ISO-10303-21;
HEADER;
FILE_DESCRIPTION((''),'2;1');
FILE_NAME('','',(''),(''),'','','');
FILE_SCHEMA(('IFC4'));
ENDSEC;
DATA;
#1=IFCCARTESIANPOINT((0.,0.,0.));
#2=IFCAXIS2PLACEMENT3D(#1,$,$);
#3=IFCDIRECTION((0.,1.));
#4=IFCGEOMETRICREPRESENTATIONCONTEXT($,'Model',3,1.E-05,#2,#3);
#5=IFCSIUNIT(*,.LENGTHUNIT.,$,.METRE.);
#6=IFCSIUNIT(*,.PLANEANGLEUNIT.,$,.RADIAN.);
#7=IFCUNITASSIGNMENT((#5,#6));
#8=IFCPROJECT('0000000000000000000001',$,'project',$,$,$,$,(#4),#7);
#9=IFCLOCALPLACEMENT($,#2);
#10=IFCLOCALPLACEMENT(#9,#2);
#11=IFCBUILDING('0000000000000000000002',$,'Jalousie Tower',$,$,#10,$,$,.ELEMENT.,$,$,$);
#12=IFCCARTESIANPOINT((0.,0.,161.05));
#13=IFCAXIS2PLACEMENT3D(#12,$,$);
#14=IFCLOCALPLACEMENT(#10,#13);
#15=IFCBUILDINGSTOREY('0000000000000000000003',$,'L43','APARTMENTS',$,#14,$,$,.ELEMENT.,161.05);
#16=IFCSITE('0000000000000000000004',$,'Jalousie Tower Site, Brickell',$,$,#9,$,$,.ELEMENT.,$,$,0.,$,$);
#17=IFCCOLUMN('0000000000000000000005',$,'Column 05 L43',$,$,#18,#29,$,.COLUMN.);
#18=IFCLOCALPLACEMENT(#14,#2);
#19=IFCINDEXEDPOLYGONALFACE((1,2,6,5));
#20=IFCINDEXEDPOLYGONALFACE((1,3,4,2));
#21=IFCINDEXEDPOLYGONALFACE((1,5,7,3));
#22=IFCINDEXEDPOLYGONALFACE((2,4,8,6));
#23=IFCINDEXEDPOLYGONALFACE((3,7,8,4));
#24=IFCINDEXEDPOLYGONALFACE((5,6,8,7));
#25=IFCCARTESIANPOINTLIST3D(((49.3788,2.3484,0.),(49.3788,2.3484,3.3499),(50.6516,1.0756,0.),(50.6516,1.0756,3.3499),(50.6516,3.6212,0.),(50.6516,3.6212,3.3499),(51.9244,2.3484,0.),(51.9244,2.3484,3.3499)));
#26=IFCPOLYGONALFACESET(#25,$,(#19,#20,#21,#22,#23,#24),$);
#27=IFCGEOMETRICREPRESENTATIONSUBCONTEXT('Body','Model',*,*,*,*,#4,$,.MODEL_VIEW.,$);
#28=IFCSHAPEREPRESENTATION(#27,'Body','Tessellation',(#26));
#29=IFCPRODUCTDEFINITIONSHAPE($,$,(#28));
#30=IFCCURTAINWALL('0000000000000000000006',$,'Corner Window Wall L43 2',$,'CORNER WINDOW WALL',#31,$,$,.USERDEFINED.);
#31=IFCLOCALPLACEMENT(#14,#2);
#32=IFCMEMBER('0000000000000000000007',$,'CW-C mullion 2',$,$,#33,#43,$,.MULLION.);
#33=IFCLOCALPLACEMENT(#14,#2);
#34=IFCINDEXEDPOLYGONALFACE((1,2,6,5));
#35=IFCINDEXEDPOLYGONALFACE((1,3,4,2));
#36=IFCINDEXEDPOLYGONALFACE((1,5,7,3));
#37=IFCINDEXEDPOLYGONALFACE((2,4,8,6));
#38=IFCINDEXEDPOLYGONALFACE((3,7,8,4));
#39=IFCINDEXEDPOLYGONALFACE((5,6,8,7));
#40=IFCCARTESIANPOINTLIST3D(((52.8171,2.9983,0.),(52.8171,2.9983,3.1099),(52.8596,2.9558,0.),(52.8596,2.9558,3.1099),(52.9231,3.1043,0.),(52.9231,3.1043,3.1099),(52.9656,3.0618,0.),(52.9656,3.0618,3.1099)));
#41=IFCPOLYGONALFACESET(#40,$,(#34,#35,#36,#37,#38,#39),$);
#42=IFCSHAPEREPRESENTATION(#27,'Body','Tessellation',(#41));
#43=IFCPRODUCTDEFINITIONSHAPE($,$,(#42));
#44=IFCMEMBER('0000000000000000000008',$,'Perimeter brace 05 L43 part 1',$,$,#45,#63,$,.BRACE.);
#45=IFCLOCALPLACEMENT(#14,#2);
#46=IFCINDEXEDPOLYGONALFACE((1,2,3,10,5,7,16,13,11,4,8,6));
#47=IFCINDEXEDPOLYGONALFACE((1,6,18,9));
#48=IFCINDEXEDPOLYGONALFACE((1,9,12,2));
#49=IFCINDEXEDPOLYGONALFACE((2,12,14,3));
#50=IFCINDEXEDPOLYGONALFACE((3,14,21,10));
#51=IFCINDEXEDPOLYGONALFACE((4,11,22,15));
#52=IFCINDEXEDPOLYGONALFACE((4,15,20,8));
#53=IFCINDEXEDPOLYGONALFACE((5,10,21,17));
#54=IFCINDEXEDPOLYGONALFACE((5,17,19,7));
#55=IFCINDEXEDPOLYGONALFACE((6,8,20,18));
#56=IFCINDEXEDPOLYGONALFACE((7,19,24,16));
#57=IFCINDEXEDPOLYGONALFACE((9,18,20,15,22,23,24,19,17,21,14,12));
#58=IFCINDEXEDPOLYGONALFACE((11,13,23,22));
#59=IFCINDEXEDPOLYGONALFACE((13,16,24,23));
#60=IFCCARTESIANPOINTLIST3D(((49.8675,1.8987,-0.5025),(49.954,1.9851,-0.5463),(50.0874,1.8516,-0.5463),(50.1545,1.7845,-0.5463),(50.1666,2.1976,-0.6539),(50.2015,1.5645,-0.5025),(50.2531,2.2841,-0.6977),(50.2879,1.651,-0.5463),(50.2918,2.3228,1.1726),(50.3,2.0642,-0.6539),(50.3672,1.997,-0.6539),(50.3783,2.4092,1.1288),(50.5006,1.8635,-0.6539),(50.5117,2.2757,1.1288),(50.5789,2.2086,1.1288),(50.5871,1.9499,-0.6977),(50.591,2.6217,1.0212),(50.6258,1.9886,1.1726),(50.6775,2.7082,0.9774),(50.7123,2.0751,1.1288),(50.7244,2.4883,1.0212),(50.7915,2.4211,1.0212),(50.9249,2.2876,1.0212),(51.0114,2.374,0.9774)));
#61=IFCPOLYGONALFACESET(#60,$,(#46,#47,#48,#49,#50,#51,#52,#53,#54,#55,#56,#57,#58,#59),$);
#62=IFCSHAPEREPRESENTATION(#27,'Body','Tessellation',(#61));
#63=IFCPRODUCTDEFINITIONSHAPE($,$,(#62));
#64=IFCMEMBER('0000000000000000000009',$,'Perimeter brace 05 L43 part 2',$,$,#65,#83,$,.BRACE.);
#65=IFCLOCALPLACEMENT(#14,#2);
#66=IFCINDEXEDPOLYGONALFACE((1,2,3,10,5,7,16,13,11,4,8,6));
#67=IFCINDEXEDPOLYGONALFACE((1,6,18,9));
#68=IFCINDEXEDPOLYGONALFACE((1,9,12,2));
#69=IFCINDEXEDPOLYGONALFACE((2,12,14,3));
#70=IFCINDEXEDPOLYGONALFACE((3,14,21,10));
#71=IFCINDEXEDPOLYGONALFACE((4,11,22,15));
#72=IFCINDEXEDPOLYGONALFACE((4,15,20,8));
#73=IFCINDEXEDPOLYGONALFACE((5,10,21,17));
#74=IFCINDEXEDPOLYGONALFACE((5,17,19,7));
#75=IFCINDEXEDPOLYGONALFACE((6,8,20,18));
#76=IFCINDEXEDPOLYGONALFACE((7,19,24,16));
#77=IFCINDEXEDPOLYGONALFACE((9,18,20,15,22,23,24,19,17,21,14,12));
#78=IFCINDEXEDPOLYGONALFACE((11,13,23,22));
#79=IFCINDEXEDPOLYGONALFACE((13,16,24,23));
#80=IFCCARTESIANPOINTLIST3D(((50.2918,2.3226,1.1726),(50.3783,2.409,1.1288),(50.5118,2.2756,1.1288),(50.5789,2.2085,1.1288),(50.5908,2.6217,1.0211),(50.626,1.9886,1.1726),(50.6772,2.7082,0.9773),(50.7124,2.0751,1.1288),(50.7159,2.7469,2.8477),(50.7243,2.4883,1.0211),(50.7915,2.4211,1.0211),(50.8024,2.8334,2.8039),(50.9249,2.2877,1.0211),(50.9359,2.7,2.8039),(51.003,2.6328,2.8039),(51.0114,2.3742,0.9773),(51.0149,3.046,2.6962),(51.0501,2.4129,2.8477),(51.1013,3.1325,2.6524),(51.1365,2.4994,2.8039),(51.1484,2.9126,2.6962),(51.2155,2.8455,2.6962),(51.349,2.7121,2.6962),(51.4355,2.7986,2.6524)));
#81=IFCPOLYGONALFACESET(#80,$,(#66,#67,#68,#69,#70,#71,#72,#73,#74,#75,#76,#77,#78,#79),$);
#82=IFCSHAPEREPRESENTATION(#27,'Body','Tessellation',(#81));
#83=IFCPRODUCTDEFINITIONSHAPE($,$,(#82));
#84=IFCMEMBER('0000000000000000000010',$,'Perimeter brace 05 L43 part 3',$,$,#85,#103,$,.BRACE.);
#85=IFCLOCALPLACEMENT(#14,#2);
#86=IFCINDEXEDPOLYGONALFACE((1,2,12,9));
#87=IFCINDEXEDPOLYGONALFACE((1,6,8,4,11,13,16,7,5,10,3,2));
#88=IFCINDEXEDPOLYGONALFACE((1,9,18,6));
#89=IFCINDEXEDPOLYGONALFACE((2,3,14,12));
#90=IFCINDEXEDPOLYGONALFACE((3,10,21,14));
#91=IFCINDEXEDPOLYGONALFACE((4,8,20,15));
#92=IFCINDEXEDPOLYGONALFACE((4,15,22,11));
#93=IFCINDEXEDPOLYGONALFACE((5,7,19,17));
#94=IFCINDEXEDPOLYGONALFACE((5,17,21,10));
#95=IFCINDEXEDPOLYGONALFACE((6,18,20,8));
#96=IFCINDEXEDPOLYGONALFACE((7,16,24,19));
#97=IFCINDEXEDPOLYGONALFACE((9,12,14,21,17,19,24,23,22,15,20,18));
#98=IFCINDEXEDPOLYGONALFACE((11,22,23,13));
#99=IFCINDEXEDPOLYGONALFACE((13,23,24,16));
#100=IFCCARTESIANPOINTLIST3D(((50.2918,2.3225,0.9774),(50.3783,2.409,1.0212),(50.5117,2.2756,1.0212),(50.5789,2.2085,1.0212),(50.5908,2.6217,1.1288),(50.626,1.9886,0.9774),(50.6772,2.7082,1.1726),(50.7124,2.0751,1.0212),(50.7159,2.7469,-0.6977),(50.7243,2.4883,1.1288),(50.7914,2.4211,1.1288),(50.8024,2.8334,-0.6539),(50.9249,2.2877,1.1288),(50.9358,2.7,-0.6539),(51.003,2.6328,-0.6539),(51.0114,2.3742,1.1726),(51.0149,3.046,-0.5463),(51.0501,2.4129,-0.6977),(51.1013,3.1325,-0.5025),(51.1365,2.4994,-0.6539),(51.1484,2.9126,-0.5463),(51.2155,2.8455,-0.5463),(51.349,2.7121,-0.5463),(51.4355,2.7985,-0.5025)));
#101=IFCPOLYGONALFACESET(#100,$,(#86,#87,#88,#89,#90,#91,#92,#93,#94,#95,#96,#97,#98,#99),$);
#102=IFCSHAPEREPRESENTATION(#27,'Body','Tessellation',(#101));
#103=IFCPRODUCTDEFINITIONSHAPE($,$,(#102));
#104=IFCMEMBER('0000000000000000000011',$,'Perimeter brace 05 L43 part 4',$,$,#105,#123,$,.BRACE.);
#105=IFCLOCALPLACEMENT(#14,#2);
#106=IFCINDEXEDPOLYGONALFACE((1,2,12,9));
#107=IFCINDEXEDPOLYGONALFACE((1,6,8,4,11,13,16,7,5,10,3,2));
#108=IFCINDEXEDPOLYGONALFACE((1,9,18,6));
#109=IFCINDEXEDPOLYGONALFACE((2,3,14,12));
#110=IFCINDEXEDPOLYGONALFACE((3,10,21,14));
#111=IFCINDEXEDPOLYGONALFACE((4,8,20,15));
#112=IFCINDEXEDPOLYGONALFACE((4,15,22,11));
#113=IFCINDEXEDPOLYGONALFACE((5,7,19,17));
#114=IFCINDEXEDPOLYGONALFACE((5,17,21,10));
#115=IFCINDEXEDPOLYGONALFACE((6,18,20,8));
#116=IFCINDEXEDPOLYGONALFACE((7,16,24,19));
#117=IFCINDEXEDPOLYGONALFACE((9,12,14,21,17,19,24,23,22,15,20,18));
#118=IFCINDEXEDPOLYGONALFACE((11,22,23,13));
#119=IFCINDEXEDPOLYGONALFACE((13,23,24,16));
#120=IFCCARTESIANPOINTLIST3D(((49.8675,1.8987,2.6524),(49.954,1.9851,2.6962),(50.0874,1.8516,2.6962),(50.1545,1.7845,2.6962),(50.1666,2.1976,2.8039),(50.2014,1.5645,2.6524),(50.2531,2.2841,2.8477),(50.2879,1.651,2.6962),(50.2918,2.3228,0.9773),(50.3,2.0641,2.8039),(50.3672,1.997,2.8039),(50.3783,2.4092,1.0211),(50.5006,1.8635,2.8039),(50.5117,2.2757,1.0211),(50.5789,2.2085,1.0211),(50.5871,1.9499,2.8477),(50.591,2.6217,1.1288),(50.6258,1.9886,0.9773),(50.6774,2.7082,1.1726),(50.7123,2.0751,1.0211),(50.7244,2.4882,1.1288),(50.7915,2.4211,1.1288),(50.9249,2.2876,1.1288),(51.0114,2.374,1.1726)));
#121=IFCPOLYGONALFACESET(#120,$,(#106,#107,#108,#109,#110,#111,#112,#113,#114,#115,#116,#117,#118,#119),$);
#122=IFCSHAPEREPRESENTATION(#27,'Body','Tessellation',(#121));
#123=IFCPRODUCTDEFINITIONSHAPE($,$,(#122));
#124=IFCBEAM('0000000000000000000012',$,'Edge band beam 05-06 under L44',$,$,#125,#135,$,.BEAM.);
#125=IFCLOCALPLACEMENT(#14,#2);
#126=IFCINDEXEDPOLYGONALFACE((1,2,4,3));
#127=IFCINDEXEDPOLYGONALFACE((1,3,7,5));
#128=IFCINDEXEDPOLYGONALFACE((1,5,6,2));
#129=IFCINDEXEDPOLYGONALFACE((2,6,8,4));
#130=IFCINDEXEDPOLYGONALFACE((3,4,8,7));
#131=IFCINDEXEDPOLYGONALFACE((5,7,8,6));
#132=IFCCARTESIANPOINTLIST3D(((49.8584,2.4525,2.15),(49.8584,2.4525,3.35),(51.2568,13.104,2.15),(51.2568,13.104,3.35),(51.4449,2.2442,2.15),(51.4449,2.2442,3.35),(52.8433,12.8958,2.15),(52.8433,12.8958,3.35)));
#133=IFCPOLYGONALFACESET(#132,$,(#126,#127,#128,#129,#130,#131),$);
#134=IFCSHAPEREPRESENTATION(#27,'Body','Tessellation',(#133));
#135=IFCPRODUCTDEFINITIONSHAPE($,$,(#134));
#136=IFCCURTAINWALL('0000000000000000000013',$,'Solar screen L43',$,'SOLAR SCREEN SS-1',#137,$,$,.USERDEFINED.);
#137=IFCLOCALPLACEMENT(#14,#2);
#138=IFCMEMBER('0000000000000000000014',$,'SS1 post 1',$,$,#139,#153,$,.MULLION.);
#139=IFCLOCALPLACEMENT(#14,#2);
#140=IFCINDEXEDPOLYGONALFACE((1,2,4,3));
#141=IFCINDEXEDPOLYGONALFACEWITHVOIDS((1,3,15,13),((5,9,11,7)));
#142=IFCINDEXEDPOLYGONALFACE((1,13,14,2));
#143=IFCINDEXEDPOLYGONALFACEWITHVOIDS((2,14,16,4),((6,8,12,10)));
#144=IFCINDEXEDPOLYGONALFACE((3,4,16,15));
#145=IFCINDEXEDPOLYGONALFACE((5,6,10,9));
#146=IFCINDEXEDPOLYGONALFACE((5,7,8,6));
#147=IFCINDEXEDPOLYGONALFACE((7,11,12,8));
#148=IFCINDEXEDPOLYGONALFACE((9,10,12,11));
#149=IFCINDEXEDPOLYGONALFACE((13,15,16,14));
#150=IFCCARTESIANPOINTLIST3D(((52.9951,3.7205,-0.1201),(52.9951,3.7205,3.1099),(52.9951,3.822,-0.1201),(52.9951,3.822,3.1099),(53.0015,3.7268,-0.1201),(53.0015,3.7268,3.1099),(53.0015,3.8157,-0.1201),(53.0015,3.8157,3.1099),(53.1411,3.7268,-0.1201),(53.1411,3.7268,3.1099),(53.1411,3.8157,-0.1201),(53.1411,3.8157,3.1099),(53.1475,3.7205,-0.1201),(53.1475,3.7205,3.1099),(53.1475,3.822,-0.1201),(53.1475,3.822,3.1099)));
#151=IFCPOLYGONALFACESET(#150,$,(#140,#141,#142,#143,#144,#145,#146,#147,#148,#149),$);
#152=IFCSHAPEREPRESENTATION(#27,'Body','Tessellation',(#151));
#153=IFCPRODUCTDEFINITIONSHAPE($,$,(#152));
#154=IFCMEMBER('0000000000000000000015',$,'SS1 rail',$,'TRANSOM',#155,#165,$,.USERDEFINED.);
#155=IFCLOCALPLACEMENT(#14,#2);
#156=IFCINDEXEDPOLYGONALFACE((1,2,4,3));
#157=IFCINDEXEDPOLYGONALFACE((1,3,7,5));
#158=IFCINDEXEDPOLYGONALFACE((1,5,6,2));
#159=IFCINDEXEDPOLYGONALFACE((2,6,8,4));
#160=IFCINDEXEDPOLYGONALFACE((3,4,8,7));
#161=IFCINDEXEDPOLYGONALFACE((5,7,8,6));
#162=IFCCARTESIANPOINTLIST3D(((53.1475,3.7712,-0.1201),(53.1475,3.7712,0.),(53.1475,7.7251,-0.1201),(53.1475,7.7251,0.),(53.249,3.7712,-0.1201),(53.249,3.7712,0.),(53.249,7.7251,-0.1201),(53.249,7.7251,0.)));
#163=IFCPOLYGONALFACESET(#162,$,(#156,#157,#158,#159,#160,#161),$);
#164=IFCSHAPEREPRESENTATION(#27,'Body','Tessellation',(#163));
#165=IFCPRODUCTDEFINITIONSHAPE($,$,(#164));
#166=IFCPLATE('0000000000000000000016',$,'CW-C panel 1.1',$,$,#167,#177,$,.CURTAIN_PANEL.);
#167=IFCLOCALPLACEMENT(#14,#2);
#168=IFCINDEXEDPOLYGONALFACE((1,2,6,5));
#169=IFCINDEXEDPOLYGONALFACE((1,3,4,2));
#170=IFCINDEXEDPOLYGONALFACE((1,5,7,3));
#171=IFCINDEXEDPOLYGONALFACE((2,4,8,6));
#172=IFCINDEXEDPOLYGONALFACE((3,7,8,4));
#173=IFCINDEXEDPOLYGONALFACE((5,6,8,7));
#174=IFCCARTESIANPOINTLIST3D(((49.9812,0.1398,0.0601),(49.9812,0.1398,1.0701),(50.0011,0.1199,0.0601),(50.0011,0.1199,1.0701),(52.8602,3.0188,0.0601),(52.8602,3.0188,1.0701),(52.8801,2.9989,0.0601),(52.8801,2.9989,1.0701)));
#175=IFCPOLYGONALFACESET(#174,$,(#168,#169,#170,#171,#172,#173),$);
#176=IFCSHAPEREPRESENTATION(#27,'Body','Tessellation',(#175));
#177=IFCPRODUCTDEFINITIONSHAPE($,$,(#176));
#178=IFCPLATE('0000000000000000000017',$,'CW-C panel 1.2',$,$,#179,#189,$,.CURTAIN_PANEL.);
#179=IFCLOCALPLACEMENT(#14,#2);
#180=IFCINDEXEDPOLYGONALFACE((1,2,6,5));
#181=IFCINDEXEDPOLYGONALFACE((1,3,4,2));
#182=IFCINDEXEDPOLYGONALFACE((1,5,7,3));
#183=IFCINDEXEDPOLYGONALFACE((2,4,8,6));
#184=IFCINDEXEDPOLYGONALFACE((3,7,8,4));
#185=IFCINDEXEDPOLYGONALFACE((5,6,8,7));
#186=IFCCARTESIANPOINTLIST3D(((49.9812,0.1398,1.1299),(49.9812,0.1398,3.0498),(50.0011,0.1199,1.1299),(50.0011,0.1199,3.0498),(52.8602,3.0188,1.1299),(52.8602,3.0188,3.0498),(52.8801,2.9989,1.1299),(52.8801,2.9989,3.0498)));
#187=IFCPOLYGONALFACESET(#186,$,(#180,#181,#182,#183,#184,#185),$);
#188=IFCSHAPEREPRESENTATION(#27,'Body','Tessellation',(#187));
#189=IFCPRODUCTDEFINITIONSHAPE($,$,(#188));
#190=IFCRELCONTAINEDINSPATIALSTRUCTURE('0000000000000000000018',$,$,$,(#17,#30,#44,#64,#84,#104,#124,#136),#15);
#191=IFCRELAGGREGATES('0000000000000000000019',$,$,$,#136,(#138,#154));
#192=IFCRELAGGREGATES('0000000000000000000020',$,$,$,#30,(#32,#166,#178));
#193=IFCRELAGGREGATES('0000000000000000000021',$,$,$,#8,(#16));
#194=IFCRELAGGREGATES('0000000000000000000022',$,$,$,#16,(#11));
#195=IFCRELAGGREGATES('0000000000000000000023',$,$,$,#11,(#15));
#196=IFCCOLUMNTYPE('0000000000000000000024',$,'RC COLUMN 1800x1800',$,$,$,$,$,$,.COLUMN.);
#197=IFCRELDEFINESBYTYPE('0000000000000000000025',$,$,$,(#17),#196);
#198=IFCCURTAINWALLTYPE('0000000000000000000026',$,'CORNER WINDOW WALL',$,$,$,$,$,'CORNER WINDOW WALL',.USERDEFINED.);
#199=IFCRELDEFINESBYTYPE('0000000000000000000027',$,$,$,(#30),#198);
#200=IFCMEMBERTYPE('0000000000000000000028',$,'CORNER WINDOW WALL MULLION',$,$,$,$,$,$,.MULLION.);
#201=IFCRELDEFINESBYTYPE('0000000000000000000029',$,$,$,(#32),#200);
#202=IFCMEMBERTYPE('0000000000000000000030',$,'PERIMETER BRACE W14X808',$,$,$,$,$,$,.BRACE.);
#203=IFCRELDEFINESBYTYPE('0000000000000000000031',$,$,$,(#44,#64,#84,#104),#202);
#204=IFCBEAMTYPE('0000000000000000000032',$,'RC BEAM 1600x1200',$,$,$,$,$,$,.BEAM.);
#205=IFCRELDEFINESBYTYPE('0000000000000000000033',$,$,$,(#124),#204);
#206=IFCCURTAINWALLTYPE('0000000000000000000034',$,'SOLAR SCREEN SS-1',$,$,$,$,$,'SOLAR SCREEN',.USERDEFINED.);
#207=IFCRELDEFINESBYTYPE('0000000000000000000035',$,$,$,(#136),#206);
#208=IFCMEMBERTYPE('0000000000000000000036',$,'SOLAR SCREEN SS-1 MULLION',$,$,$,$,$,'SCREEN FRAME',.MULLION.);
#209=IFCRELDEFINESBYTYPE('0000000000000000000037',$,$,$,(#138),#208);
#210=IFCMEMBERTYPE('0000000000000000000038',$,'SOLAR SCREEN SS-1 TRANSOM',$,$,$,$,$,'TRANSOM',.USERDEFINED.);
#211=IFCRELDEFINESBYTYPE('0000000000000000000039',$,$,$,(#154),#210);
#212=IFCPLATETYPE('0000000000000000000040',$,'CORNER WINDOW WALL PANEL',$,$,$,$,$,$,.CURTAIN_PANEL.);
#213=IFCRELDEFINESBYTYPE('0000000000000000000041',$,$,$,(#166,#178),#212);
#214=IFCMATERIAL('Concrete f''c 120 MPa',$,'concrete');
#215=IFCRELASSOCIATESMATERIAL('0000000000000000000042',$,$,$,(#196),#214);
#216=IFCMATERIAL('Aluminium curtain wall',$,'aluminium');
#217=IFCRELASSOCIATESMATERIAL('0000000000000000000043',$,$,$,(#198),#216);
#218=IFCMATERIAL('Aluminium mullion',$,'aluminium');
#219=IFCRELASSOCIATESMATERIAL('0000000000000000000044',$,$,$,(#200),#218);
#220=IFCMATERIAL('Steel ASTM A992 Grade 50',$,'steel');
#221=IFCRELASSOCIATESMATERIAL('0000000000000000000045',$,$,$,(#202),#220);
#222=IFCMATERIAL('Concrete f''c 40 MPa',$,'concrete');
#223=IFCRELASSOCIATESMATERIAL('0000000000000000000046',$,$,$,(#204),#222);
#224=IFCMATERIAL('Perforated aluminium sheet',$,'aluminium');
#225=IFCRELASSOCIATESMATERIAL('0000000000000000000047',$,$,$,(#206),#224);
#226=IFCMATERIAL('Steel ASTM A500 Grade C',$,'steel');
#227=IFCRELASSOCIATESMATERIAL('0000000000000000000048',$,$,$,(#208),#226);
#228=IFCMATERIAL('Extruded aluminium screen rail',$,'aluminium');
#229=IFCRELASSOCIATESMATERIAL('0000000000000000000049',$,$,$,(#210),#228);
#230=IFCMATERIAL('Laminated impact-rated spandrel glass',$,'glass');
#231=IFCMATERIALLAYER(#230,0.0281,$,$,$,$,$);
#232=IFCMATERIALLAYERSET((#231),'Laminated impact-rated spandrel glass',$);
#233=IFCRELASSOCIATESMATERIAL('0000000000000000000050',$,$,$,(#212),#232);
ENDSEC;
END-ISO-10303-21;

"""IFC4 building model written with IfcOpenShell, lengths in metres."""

from ifc_helpers import new_model, si_unit, direction, frame, origin, origin_2d, place, context, subcontext, project, spatial, rectangle, hollow_rectangle, i_section, extrude, material, layer, layer_set, material_profile, profile_set, type_object, element, aggregate, save


model = new_model("IFC4")

# Units and contexts
model_context = context("Model", 3, precision=1e-05, world=origin(), true_north=direction((0.0, 1.0)))
body_context = subcontext(model_context, "Body", "Model", "MODEL_VIEW")
ifc_project = project(units=[si_unit("LENGTHUNIT", "METRE"), si_unit("PLANEANGLEUNIT", "RADIAN")], contexts=[model_context])

# Site, building, storey
site_placement = place(None, origin())
site = spatial("IfcSite", under=ifc_project, at=site_placement, Name="Jalousie Tower Site, Brickell", CompositionType="ELEMENT", RefElevation=0.0)
building_placement = place(site_placement, origin())
building = spatial("IfcBuilding", under=site, at=building_placement, Name="Jalousie Tower", CompositionType="ELEMENT")
storey_placement = place(building_placement, frame((0.0, 0.0, 161.05)))
storey = spatial("IfcBuildingStorey", under=building, at=storey_placement, Name="L43", Description="APARTMENTS", CompositionType="ELEMENT", Elevation=161.05)

# Column
ifc_material_1 = material(Name="Concrete f'c 120 MPa", Category="concrete")
ifc_material_profile_1 = material_profile(ifc_material_1, rectangle(XDim=1.8, YDim=1.8, at=origin_2d()), Name="RC 1800x1800")
ifc_profile_set_1 = profile_set([ifc_material_profile_1], Name="Concrete f'c 120 MPa")
column_type = type_object("IfcColumnType", Name="RC COLUMN 1800x1800", PredefinedType="COLUMN", material=ifc_profile_set_1)
column_placement = place(storey_placement, frame((50.6516, 2.3484, 0.0), z_axis=(0.0, 0.0, 1.0), x_axis=(0.707107, 0.707107, 0.0)))
element("IfcColumn", 1, at=column_placement, inside=storey, type_object=column_type, Name="Column 05 L43", PredefinedType="COLUMN", context=body_context, shape_type="SweptSolid", body=[
    extrude(rectangle(XDim=1.8, YDim=1.8, at=origin_2d()), origin(), (0.0, 0.0, 1.0), 3.3499),
])

# Curtain wall, member
ifc_material_2 = material(Name="Aluminium curtain wall", Category="aluminium")
curtain_wall_type_1 = type_object("IfcCurtainWallType", Name="CORNER WINDOW WALL", ElementType="CORNER WINDOW WALL", PredefinedType="USERDEFINED", material=ifc_material_2)
curtain_wall_1_placement = place(storey_placement, origin())
curtain_wall_1 = element("IfcCurtainWall", 2, at=curtain_wall_1_placement, inside=storey, type_object=curtain_wall_type_1, Name="Corner Window Wall L43 2", ObjectType="CORNER WINDOW WALL", PredefinedType="USERDEFINED")
ifc_material_3 = material(Name="Aluminium mullion", Category="aluminium")
ifc_material_profile_2 = material_profile(ifc_material_3, rectangle(XDim=0.0601, YDim=0.1499, at=origin_2d()), Name="MULLION 60x150")
ifc_profile_set_2 = profile_set([ifc_material_profile_2], Name="Aluminium mullion")
member_type_1 = type_object("IfcMemberType", Name="CORNER WINDOW WALL MULLION", PredefinedType="MULLION", material=ifc_profile_set_2)
member_1_placement = place(storey_placement, frame((52.8914, 3.03, 0.0), z_axis=(0.0, 0.0, 1.0), x_axis=(-0.707107, 0.707107, 0.0)))
member_1 = element("IfcMember", 3, at=member_1_placement, type_object=member_type_1, Name="CW-C mullion 2", PredefinedType="MULLION", context=body_context, shape_type="SweptSolid", body=[
    extrude(rectangle(XDim=0.0601, YDim=0.1499, at=origin_2d()), origin(), (0.0, 0.0, 1.0), 3.1099),
])

# Members
ifc_material_4 = material(Name="Steel ASTM A992 Grade 50", Category="steel")
ifc_material_profile_3 = material_profile(ifc_material_4, i_section(OverallWidth=0.4724, OverallDepth=0.5791, WebThickness=0.095, FlangeThickness=0.1299, at=origin_2d()), Name="W14X808")
ifc_profile_set_3 = profile_set([ifc_material_profile_3], Name="Steel ASTM A992 Grade 50")
member_type_2 = type_object("IfcMemberType", Name="PERIMETER BRACE W14X808", PredefinedType="BRACE", material=ifc_profile_set_3)
for number, where, z_axis, x_axis, name in (
    (4, (50.2273, 1.9243, -0.6001), (0.238483, 0.238346, 0.941444), (-0.706903, 0.70731, 0.0), "Perimeter brace 05 L43 part 1"),
    (5, (50.6516, 2.3484, 1.075), (0.238346, 0.238483, 0.941444), (-0.70731, 0.706903, 0.0), "Perimeter brace 05 L43 part 2"),
    (6, (51.0757, 2.7727, -0.6001), (-0.238346, -0.238483, 0.941444), (0.70731, -0.706903, 0.0), "Perimeter brace 05 L43 part 3"),
    (7, (50.6516, 2.3484, 1.075), (-0.238483, -0.238346, 0.941444), (0.706903, -0.70731, 0.0), "Perimeter brace 05 L43 part 4"),
):
    element("IfcMember", number, at=place(storey_placement, frame(where, z_axis=z_axis, x_axis=x_axis)), inside=storey, type_object=member_type_2, Name=name, PredefinedType="BRACE", context=body_context, shape_type="SweptSolid", body=[
        extrude(i_section(OverallWidth=0.4724, OverallDepth=0.5791, WebThickness=0.095, FlangeThickness=0.1299, at=origin_2d()), origin(), (0.0, 0.0, 1.0), 1.7793),
    ])

# Beam
ifc_material_5 = material(Name="Concrete f'c 40 MPa", Category="concrete")
ifc_material_profile_4 = material_profile(ifc_material_5, rectangle(XDim=1.6001, YDim=1.2, at=origin_2d()), Name="RC 1600x1200")
ifc_profile_set_4 = profile_set([ifc_material_profile_4], Name="Concrete f'c 40 MPa")
beam_type = type_object("IfcBeamType", Name="RC BEAM 1600x1200", PredefinedType="BEAM", material=ifc_profile_set_4)
beam_placement = place(storey_placement, frame((50.6516, 2.3484, 2.75), z_axis=(0.130172, 0.991491, 0.0), x_axis=(-0.991491, 0.130172, 0.0)))
element("IfcBeam", 8, at=beam_placement, inside=storey, type_object=beam_type, Name="Edge band beam 05-06 under L44", PredefinedType="BEAM", context=body_context, shape_type="SweptSolid", body=[
    extrude(rectangle(XDim=1.6001, YDim=1.2, at=origin_2d()), origin(), (0.0, 0.0, 1.0), 10.7429),
])

# Curtain wall, members
ifc_material_6 = material(Name="Perforated aluminium sheet", Category="aluminium")
curtain_wall_type_2 = type_object("IfcCurtainWallType", Name="SOLAR SCREEN SS-1", ElementType="SOLAR SCREEN", PredefinedType="USERDEFINED", material=ifc_material_6)
curtain_wall_2_placement = place(storey_placement, origin())
curtain_wall_2 = element("IfcCurtainWall", 9, at=curtain_wall_2_placement, inside=storey, type_object=curtain_wall_type_2, Name="Solar screen L43", ObjectType="SOLAR SCREEN SS-1", PredefinedType="USERDEFINED")
ifc_material_7 = material(Name="Steel ASTM A500 Grade C", Category="steel")
ifc_material_profile_5 = material_profile(ifc_material_7, hollow_rectangle(XDim=0.1016, YDim=0.1523, WallThickness=0.0063, at=origin_2d()), Name="HSS6X4X1/4")
ifc_profile_set_5 = profile_set([ifc_material_profile_5], Name="Steel ASTM A500 Grade C")
member_type_3 = type_object("IfcMemberType", Name="SOLAR SCREEN SS-1 MULLION", ElementType="SCREEN FRAME", PredefinedType="MULLION", material=ifc_profile_set_5)
member_2_placement = place(storey_placement, frame((53.0713, 3.7712, -0.1201), z_axis=(0.0, 0.0, 1.0), x_axis=(0.0, 1.0, 0.0)))
member_2 = element("IfcMember", 10, at=member_2_placement, type_object=member_type_3, Name="SS1 post 1", PredefinedType="MULLION", context=body_context, shape_type="SweptSolid", body=[
    extrude(hollow_rectangle(XDim=0.1016, YDim=0.1523, WallThickness=0.0063, at=origin_2d()), origin(), (0.0, 0.0, 1.0), 3.23),
])
ifc_material_8 = material(Name="Extruded aluminium screen rail", Category="aluminium")
ifc_material_profile_6 = material_profile(ifc_material_8, rectangle(XDim=0.1016, YDim=0.1201, at=origin_2d()), Name="RAIL 102x120")
ifc_profile_set_6 = profile_set([ifc_material_profile_6], Name="Extruded aluminium screen rail")
member_type_4 = type_object("IfcMemberType", Name="SOLAR SCREEN SS-1 TRANSOM", ElementType="TRANSOM", PredefinedType="USERDEFINED", material=ifc_profile_set_6)
member_3_placement = place(storey_placement, frame((53.1982, 3.7712, -0.0601), z_axis=(0.0, 1.0, 0.0), x_axis=(-1.0, 0.0, 0.0)))
member_3 = element("IfcMember", 11, at=member_3_placement, type_object=member_type_4, Name="SS1 rail", ObjectType="TRANSOM", PredefinedType="USERDEFINED", context=body_context, shape_type="SweptSolid", body=[
    extrude(rectangle(XDim=0.1016, YDim=0.1201, at=origin_2d()), origin(), (0.0, 0.0, 1.0), 3.9539),
])
aggregate(curtain_wall_2, [member_2, member_3])

# Plates
ifc_material_9 = material(Name="Laminated impact-rated spandrel glass", Category="glass")
ifc_layer = layer(ifc_material_9, 0.0281)
ifc_layer_set = layer_set([ifc_layer], Name="Laminated impact-rated spandrel glass")
plate_type = type_object("IfcPlateType", Name="CORNER WINDOW WALL PANEL", PredefinedType="CURTAIN_PANEL", material=ifc_layer_set)
plate_1_placement = place(storey_placement, frame((51.4307, 1.5693, 0.0601), z_axis=(0.0, 0.0, 1.0), x_axis=(0.707107, 0.707107, 0.0)))
plate_1 = element("IfcPlate", 12, at=plate_1_placement, type_object=plate_type, Name="CW-C panel 1.1", PredefinedType="CURTAIN_PANEL", context=body_context, shape_type="SweptSolid", body=[
    extrude(rectangle(XDim=4.0715, YDim=0.0281, at=origin_2d()), origin(), (0.0, 0.0, 1.0), 1.01),
])
plate_2_placement = place(storey_placement, frame((51.4307, 1.5693, 1.1299), z_axis=(0.0, 0.0, 1.0), x_axis=(0.707107, 0.707107, 0.0)))
plate_2 = element("IfcPlate", 13, at=plate_2_placement, type_object=plate_type, Name="CW-C panel 1.2", PredefinedType="CURTAIN_PANEL", context=body_context, shape_type="SweptSolid", body=[
    extrude(rectangle(XDim=4.0715, YDim=0.0281, at=origin_2d()), origin(), (0.0, 0.0, 1.0), 1.9199),
])
aggregate(curtain_wall_1, [member_1, plate_1, plate_2])

save(model, "model.ifc")
